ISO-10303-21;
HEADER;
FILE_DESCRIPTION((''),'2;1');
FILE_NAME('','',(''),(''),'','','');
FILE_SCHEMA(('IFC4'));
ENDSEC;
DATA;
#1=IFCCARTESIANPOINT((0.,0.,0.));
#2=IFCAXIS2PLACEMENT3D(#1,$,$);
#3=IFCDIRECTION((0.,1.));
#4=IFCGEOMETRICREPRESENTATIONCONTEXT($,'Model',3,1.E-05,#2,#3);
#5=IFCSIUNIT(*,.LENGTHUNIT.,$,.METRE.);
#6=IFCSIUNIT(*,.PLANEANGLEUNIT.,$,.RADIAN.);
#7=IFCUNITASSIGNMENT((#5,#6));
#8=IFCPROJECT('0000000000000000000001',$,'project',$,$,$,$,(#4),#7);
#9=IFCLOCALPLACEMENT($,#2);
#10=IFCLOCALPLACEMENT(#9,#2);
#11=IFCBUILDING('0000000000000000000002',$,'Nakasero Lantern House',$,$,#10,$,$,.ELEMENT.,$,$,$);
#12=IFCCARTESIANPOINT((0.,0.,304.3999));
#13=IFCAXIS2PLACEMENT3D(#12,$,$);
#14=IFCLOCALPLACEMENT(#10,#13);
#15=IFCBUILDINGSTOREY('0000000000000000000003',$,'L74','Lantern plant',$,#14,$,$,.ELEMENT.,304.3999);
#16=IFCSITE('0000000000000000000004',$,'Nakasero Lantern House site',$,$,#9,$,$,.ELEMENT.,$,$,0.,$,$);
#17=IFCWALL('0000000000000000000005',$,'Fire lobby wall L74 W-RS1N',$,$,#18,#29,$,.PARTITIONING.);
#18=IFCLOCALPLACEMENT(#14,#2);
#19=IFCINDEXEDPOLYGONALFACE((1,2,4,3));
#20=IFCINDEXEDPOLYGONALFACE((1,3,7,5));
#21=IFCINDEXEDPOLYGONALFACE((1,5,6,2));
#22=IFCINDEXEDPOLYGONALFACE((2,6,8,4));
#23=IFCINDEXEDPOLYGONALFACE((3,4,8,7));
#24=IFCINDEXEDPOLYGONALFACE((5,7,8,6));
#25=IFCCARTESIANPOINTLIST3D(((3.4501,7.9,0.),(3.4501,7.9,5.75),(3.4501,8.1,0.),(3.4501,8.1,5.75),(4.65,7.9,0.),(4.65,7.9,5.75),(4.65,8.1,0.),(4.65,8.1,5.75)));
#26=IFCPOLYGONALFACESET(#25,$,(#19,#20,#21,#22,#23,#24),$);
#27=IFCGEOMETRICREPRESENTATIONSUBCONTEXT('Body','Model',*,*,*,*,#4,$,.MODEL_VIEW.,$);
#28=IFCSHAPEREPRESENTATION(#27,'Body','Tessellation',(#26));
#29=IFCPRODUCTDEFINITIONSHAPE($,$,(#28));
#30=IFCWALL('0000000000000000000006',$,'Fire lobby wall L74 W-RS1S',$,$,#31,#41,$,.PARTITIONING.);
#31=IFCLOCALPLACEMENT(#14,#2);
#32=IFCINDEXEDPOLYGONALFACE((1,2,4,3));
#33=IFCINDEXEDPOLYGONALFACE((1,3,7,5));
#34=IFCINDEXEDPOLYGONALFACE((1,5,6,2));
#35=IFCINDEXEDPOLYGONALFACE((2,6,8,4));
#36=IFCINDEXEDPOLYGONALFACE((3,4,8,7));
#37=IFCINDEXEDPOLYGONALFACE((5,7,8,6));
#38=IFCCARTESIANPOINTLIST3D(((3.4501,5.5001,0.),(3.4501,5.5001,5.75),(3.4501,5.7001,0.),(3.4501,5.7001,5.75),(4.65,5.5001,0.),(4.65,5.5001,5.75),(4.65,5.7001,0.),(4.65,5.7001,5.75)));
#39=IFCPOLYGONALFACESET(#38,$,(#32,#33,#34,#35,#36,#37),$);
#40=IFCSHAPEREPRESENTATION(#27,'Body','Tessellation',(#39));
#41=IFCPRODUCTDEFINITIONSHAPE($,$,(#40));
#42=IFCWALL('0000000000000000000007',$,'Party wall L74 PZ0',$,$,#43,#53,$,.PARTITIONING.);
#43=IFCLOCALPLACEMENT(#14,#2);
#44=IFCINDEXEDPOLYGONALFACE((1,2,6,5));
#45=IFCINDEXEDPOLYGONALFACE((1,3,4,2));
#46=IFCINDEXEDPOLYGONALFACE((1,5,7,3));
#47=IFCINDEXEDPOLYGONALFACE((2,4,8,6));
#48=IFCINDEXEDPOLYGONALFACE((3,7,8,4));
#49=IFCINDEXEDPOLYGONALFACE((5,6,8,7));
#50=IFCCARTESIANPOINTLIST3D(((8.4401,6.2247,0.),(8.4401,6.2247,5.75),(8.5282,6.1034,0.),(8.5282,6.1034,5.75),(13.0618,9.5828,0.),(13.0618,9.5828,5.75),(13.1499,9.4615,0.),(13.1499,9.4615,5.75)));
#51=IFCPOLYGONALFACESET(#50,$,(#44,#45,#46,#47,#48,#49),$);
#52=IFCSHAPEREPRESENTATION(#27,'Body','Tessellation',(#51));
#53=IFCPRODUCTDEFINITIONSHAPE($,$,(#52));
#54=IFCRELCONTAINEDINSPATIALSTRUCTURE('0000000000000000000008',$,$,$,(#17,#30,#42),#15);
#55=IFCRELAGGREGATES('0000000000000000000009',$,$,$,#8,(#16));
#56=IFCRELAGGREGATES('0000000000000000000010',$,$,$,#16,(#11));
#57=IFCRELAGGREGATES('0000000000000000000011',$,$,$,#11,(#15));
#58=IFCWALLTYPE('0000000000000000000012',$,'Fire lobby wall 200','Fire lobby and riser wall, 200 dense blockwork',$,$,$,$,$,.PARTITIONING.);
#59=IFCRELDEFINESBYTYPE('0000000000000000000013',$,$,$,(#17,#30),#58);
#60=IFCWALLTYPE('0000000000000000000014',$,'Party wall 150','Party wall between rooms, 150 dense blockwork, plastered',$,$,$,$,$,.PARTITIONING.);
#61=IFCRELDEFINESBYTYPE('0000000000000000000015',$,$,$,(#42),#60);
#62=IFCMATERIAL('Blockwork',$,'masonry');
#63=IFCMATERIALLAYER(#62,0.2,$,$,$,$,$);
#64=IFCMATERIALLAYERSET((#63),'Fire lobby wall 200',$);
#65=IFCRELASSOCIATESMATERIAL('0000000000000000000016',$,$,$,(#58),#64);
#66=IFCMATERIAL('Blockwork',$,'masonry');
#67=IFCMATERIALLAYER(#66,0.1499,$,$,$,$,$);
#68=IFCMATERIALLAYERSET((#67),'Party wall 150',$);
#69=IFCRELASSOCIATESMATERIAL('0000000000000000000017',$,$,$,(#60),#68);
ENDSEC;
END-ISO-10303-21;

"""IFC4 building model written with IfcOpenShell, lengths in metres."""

from ifc_helpers import new_model, si_unit, direction, frame, frame_2d, origin, place, context, subcontext, project, spatial, rectangle, extrude, material, layer, layer_set, type_object, element, save


model = new_model("IFC4")

# Units and contexts
model_context = context("Model", 3, precision=1e-05, world=origin(), true_north=direction((0.0, 1.0)))
body_context = subcontext(model_context, "Body", "Model", "MODEL_VIEW")
ifc_project = project(units=[si_unit("LENGTHUNIT", "METRE"), si_unit("PLANEANGLEUNIT", "RADIAN")], contexts=[model_context])

# Site, building, storey
site_placement = place(None, origin())
site = spatial("IfcSite", under=ifc_project, at=site_placement, Name="Nakasero Lantern House site", CompositionType="ELEMENT", RefElevation=0.0)
building_placement = place(site_placement, origin())
building = spatial("IfcBuilding", under=site, at=building_placement, Name="Nakasero Lantern House", CompositionType="ELEMENT")
storey_placement = place(building_placement, frame((0.0, 0.0, 304.3999)))
storey = spatial("IfcBuildingStorey", under=building, at=storey_placement, Name="L74", Description="Lantern plant", CompositionType="ELEMENT", Elevation=304.3999)

# Shared definitions
ifc_material_1 = material(Name="Blockwork", Category="masonry")
ifc_layer_1 = layer(ifc_material_1, 0.2)
ifc_layer_set_1 = layer_set([ifc_layer_1], Name="Fire lobby wall 200")
wall_type_1 = type_object("IfcWallType", Name="Fire lobby wall 200", Description="Fire lobby and riser wall, 200 dense blockwork", PredefinedType="PARTITIONING", material=ifc_layer_set_1)

# Walls
for number, where, z_axis, x_axis, name in (
    (1, (3.45, 8.0, 0.0), (0.0, 0.0, 1.0), (1.0, 0.0, 0.0), "Fire lobby wall L74 W-RS1N"),
    (2, (3.45, 5.6001, 0.0), (0.0, 0.0, 1.0), (1.0, 0.0, 0.0), "Fire lobby wall L74 W-RS1S"),
):
    element("IfcWall", number, at=place(storey_placement, frame(where, z_axis=z_axis, x_axis=x_axis)), inside=storey, type_object=wall_type_1, Name=name, PredefinedType="PARTITIONING", context=body_context, shape_type="SweptSolid", body=[
        extrude(rectangle(XDim=1.2, YDim=0.2, at=frame_2d((0.6001, 0.0))), origin(), (0.0, 0.0, 1.0), 5.75),
    ])
ifc_material_2 = material(Name="Blockwork", Category="masonry")
ifc_layer_2 = layer(ifc_material_2, 0.1499)
ifc_layer_set_2 = layer_set([ifc_layer_2], Name="Party wall 150")
wall_type_2 = type_object("IfcWallType", Name="Party wall 150", Description="Party wall between rooms, 150 dense blockwork, plastered", PredefinedType="PARTITIONING", material=ifc_layer_set_2)
wall_1_placement = place(storey_placement, frame((8.4841, 6.1641, 0.0), z_axis=(0.0, 0.0, 1.0), x_axis=(0.809, 0.587808, 0.0)))
element("IfcWall", 3, at=wall_1_placement, inside=storey, type_object=wall_type_2, Name="Party wall L74 PZ0", PredefinedType="PARTITIONING", context=body_context, shape_type="SweptSolid", body=[
    extrude(rectangle(XDim=5.7129, YDim=0.1499, at=frame_2d((2.8564, 0.0))), origin(), (0.0, 0.0, 1.0), 5.75),
])

save(model, "model.ifc")
